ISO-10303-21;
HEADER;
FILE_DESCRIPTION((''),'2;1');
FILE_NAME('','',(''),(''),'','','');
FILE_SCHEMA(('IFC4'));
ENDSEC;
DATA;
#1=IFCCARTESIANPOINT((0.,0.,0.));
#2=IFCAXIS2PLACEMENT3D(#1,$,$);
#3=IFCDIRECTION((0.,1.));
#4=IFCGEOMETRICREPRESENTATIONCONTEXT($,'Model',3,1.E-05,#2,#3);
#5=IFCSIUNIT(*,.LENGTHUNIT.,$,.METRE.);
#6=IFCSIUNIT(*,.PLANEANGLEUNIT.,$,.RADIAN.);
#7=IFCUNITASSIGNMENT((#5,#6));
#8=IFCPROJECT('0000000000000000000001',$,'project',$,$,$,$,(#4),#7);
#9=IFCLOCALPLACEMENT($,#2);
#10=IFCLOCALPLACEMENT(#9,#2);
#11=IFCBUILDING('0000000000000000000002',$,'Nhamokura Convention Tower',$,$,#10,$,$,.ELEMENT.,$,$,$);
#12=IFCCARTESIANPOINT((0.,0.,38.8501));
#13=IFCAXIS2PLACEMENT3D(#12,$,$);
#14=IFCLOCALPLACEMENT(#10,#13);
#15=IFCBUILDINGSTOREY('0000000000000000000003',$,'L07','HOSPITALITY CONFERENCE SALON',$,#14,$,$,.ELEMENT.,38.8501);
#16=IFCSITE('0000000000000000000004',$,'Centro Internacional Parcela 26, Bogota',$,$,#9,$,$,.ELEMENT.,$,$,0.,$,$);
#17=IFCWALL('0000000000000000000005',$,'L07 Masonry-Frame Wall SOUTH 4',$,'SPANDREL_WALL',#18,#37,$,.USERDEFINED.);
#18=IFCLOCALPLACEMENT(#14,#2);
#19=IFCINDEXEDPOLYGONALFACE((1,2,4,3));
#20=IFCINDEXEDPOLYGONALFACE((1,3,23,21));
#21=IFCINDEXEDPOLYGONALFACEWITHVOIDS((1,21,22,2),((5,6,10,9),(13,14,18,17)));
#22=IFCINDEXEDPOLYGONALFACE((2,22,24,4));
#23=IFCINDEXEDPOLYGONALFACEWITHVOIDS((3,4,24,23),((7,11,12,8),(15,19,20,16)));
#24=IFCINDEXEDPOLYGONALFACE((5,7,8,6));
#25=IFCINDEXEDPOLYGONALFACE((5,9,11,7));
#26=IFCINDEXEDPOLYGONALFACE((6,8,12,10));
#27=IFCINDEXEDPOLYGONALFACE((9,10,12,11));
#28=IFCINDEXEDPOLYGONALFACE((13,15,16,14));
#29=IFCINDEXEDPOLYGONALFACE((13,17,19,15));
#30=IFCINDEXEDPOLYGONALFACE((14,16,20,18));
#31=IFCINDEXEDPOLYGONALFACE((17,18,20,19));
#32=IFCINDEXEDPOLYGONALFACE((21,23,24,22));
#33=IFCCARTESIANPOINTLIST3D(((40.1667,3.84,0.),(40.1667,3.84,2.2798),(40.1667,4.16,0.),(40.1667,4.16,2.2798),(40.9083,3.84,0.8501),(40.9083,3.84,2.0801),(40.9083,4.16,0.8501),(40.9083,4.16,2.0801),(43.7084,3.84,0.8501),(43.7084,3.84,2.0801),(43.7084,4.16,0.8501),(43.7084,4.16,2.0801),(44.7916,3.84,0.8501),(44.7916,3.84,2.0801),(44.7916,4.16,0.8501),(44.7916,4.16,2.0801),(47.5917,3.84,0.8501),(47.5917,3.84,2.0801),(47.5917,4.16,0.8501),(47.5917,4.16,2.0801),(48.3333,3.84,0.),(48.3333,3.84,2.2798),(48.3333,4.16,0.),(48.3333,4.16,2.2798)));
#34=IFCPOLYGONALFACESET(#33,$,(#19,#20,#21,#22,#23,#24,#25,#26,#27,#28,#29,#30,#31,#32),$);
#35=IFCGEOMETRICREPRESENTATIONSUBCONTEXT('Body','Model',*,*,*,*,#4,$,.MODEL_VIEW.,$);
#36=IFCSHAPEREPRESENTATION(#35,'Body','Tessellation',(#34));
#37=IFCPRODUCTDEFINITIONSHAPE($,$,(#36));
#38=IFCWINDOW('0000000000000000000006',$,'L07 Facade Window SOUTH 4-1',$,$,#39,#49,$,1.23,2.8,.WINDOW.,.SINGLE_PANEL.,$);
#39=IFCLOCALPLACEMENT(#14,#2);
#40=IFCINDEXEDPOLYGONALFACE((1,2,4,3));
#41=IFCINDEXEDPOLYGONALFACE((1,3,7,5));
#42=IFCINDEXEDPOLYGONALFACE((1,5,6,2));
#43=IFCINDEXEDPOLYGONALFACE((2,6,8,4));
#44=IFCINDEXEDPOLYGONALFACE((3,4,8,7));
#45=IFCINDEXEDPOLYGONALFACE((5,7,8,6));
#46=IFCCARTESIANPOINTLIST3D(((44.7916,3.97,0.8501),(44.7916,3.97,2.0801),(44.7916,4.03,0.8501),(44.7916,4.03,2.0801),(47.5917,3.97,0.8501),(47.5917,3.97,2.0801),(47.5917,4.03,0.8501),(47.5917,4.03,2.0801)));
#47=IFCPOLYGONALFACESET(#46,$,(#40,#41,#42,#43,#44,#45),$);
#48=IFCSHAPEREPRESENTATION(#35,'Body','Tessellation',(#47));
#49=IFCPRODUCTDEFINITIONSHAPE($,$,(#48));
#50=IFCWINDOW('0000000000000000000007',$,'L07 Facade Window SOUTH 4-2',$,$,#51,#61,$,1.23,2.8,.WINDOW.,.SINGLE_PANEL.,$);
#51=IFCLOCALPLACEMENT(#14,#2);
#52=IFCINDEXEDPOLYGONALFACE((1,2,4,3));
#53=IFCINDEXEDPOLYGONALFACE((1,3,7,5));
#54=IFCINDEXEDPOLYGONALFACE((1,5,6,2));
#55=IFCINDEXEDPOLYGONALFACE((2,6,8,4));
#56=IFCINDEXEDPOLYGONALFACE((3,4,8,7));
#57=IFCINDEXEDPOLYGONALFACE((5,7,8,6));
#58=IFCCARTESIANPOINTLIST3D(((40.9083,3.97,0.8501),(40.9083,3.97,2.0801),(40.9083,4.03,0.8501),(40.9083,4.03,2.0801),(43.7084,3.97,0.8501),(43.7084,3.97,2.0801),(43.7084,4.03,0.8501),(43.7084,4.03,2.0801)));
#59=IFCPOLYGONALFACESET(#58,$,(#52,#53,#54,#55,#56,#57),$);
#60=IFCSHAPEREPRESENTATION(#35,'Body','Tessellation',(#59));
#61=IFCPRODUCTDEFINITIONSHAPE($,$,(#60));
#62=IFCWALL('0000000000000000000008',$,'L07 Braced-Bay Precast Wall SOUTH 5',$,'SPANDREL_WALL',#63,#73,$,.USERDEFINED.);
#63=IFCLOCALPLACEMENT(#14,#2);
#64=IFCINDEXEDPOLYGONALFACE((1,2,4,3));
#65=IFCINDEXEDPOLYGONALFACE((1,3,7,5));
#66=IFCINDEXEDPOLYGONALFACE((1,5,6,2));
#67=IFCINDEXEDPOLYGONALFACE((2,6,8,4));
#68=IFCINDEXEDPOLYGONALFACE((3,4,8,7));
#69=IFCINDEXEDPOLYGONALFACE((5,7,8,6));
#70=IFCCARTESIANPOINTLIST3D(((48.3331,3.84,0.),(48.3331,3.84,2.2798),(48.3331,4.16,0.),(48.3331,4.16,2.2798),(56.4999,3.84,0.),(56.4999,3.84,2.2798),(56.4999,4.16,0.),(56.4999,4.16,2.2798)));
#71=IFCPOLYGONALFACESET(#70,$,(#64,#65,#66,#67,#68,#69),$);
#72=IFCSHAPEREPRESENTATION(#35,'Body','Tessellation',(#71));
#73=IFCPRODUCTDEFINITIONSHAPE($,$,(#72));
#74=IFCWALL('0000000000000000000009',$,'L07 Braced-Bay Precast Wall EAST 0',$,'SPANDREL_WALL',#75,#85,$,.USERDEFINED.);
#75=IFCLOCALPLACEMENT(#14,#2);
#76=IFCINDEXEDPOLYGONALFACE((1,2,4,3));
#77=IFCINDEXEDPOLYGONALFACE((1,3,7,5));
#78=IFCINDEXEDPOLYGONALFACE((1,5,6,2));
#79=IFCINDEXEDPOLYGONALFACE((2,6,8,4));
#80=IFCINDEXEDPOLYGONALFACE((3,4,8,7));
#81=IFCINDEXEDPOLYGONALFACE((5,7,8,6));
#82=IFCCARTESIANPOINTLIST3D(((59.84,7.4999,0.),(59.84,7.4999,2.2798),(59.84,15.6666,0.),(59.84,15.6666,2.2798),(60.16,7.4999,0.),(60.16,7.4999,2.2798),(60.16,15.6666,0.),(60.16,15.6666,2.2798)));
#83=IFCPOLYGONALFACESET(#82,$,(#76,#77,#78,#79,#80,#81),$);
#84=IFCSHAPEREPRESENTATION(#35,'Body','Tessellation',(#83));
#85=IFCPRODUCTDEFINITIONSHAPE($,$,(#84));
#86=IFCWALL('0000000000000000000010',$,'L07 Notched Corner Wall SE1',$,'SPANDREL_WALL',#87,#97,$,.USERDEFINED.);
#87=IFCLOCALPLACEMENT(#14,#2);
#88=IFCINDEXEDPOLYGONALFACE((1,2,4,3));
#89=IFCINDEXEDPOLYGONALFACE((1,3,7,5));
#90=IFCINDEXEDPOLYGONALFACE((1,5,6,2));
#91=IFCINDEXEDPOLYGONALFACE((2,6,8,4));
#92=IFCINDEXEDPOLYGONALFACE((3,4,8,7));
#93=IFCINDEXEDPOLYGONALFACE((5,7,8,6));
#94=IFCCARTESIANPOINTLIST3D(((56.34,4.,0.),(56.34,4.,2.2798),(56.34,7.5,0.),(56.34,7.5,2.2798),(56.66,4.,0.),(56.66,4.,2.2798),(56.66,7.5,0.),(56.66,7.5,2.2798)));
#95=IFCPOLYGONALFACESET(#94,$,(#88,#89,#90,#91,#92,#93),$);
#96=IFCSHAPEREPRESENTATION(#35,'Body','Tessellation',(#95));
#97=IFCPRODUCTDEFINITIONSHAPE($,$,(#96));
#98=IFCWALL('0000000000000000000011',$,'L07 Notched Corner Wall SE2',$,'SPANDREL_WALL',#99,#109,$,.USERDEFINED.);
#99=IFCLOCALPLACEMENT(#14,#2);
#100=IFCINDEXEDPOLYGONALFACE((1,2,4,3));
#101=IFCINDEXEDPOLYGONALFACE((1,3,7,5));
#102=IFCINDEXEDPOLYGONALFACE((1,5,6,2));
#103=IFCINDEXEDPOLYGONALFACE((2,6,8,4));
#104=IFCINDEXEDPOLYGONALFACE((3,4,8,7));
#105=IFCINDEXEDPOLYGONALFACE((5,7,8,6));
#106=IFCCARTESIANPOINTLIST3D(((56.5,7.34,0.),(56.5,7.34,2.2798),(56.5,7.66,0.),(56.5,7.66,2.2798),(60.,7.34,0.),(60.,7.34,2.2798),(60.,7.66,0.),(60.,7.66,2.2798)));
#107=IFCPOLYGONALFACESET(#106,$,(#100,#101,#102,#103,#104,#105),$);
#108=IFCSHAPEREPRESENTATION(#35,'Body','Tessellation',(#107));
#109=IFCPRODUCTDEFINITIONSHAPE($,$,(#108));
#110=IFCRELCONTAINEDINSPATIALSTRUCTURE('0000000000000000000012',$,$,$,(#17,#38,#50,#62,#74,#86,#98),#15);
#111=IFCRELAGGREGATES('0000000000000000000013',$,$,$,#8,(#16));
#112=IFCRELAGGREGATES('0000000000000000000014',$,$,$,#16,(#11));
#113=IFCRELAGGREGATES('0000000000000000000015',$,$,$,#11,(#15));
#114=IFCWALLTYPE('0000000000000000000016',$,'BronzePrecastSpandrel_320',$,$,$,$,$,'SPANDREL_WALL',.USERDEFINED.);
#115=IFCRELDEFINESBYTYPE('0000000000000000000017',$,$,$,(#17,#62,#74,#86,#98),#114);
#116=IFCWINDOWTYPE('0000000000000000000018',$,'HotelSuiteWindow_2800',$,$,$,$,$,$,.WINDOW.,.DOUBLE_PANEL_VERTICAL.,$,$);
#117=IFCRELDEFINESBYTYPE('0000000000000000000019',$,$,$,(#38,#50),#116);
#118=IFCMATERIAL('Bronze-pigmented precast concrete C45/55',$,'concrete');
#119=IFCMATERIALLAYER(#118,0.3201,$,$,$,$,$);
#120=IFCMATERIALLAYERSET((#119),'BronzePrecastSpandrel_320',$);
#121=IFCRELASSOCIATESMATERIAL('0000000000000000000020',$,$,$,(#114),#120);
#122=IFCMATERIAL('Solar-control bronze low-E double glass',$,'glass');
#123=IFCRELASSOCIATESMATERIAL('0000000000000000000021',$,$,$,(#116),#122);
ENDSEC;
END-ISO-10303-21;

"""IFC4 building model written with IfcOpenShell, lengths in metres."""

from ifc_helpers import new_model, si_unit, direction, frame, frame_2d, origin, place, context, subcontext, project, spatial, rectangle, extrude, material, layer, layer_set, type_object, element, fill, save


model = new_model("IFC4")

# Units and contexts
model_context = context("Model", 3, precision=1e-05, world=origin(), true_north=direction((0.0, 1.0)))
body_context = subcontext(model_context, "Body", "Model", "MODEL_VIEW")
ifc_project = project(units=[si_unit("LENGTHUNIT", "METRE"), si_unit("PLANEANGLEUNIT", "RADIAN")], contexts=[model_context])

# Site, building, storey
site_placement = place(None, origin())
site = spatial("IfcSite", under=ifc_project, at=site_placement, Name="Centro Internacional Parcela 26, Bogota", CompositionType="ELEMENT", RefElevation=0.0)
building_placement = place(site_placement, origin())
building = spatial("IfcBuilding", under=site, at=building_placement, Name="Nhamokura Convention Tower", CompositionType="ELEMENT")
storey_placement = place(building_placement, frame((0.0, 0.0, 38.8501)))
storey = spatial("IfcBuildingStorey", under=building, at=storey_placement, Name="L07", Description="HOSPITALITY CONFERENCE SALON", CompositionType="ELEMENT", Elevation=38.8501)

# Wall, openings, windows
ifc_material_1 = material(Name="Bronze-pigmented precast concrete C45/55", Category="concrete")
ifc_layer = layer(ifc_material_1, 0.3201)
ifc_layer_set = layer_set([ifc_layer], Name="BronzePrecastSpandrel_320")
wall_type = type_object("IfcWallType", Name="BronzePrecastSpandrel_320", ElementType="SPANDREL_WALL", PredefinedType="USERDEFINED", material=ifc_layer_set)
wall_placement = place(storey_placement, frame((48.3333, 4.0, 0.0), z_axis=(0.0, 0.0, 1.0), x_axis=(-1.0, 0.0, 0.0)))
wall = element("IfcWall", 1, at=wall_placement, inside=storey, type_object=wall_type, Name="L07 Masonry-Frame Wall SOUTH 4", ObjectType="SPANDREL_WALL", PredefinedType="USERDEFINED", context=body_context, shape_type="SweptSolid", body=[
    extrude(rectangle(XDim=8.1665, YDim=0.3201, at=frame_2d((4.0833, 0.0))), origin(), (0.0, 0.0, 1.0), 2.2798),
])
opening_1_placement = place(wall_placement, frame((0.7417, 0.0, 0.8501)))
opening_1 = element("IfcOpeningElement", 2, at=opening_1_placement, cuts=wall, PredefinedType="OPENING", context=body_context, shape_type="SweptSolid", body=[
    extrude(rectangle(XDim=2.8, YDim=1.23, at=frame_2d((1.3999, 0.615))), frame((0.0, 0.1699, 0.0), z_axis=(0.0, -1.0, 0.0), x_axis=(1.0, 0.0, 0.0)), (0.0, 0.0, 1.0), 0.3401),
])
opening_2_placement = place(wall_placement, frame((4.625, 0.0, 0.8501)))
opening_2 = element("IfcOpeningElement", 3, at=opening_2_placement, cuts=wall, PredefinedType="OPENING", context=body_context, shape_type="SweptSolid", body=[
    extrude(rectangle(XDim=2.8, YDim=1.23, at=frame_2d((1.3999, 0.615))), frame((0.0, 0.1699, 0.0), z_axis=(0.0, -1.0, 0.0), x_axis=(1.0, 0.0, 0.0)), (0.0, 0.0, 1.0), 0.3401),
])
ifc_material_2 = material(Name="Solar-control bronze low-E double glass", Category="glass")
window_type = type_object("IfcWindowType", Name="HotelSuiteWindow_2800", PartitioningType="DOUBLE_PANEL_VERTICAL", PredefinedType="WINDOW", material=ifc_material_2)
window_1_placement = place(opening_1_placement, origin())
window_1 = element("IfcWindow", 4, at=window_1_placement, inside=storey, type_object=window_type, Name="L07 Facade Window SOUTH 4-1", OverallHeight=1.23, OverallWidth=2.8, PartitioningType="SINGLE_PANEL", PredefinedType="WINDOW", context=body_context, shape_type="SweptSolid", body=[
    extrude(rectangle(XDim=2.8, YDim=1.23, at=frame_2d((1.3999, 0.615))), frame((0.0, 0.03, 0.0), z_axis=(0.0, -1.0, 0.0), x_axis=(1.0, 0.0, 0.0)), (0.0, 0.0, 1.0), 0.0601),
])
fill(opening_1, window_1)
window_2_placement = place(opening_2_placement, origin())
window_2 = element("IfcWindow", 5, at=window_2_placement, inside=storey, type_object=window_type, Name="L07 Facade Window SOUTH 4-2", OverallHeight=1.23, OverallWidth=2.8, PartitioningType="SINGLE_PANEL", PredefinedType="WINDOW", context=body_context, shape_type="SweptSolid", body=[
    extrude(rectangle(XDim=2.8, YDim=1.23, at=frame_2d((1.3999, 0.615))), frame((0.0, 0.03, 0.0), z_axis=(0.0, -1.0, 0.0), x_axis=(1.0, 0.0, 0.0)), (0.0, 0.0, 1.0), 0.0601),
])
fill(opening_2, window_2)

# Walls
for number, where, z_axis, x_axis, name in (
    (6, (56.5, 4.0, 0.0), (0.0, 0.0, 1.0), (-1.0, 0.0, 0.0), "L07 Braced-Bay Precast Wall SOUTH 5"),
    (7, (60.0, 15.6667, 0.0), (0.0, 0.0, 1.0), (0.0, -1.0, 0.0), "L07 Braced-Bay Precast Wall EAST 0"),
):
    element("IfcWall", number, at=place(storey_placement, frame(where, z_axis=z_axis, x_axis=x_axis)), inside=storey, type_object=wall_type, Name=name, ObjectType="SPANDREL_WALL", PredefinedType="USERDEFINED", context=body_context, shape_type="SweptSolid", body=[
        extrude(rectangle(XDim=8.1667, YDim=0.3201, at=frame_2d((4.0835, 0.0))), origin(), (0.0, 0.0, 1.0), 2.2798),
    ])
for number, where, z_axis, x_axis, name in (
    (8, (56.5, 7.5, 0.0), (0.0, 0.0, 1.0), (0.0, -1.0, 0.0), "L07 Notched Corner Wall SE1"),
    (9, (60.0, 7.5, 0.0), (0.0, 0.0, 1.0), (-1.0, 0.0, 0.0), "L07 Notched Corner Wall SE2"),
):
    element("IfcWall", number, at=place(storey_placement, frame(where, z_axis=z_axis, x_axis=x_axis)), inside=storey, type_object=wall_type, Name=name, ObjectType="SPANDREL_WALL", PredefinedType="USERDEFINED", context=body_context, shape_type="SweptSolid", body=[
        extrude(rectangle(XDim=3.5, YDim=0.3201, at=frame_2d((1.75, 0.0))), origin(), (0.0, 0.0, 1.0), 2.2798),
    ])

save(model, "model.ifc")
